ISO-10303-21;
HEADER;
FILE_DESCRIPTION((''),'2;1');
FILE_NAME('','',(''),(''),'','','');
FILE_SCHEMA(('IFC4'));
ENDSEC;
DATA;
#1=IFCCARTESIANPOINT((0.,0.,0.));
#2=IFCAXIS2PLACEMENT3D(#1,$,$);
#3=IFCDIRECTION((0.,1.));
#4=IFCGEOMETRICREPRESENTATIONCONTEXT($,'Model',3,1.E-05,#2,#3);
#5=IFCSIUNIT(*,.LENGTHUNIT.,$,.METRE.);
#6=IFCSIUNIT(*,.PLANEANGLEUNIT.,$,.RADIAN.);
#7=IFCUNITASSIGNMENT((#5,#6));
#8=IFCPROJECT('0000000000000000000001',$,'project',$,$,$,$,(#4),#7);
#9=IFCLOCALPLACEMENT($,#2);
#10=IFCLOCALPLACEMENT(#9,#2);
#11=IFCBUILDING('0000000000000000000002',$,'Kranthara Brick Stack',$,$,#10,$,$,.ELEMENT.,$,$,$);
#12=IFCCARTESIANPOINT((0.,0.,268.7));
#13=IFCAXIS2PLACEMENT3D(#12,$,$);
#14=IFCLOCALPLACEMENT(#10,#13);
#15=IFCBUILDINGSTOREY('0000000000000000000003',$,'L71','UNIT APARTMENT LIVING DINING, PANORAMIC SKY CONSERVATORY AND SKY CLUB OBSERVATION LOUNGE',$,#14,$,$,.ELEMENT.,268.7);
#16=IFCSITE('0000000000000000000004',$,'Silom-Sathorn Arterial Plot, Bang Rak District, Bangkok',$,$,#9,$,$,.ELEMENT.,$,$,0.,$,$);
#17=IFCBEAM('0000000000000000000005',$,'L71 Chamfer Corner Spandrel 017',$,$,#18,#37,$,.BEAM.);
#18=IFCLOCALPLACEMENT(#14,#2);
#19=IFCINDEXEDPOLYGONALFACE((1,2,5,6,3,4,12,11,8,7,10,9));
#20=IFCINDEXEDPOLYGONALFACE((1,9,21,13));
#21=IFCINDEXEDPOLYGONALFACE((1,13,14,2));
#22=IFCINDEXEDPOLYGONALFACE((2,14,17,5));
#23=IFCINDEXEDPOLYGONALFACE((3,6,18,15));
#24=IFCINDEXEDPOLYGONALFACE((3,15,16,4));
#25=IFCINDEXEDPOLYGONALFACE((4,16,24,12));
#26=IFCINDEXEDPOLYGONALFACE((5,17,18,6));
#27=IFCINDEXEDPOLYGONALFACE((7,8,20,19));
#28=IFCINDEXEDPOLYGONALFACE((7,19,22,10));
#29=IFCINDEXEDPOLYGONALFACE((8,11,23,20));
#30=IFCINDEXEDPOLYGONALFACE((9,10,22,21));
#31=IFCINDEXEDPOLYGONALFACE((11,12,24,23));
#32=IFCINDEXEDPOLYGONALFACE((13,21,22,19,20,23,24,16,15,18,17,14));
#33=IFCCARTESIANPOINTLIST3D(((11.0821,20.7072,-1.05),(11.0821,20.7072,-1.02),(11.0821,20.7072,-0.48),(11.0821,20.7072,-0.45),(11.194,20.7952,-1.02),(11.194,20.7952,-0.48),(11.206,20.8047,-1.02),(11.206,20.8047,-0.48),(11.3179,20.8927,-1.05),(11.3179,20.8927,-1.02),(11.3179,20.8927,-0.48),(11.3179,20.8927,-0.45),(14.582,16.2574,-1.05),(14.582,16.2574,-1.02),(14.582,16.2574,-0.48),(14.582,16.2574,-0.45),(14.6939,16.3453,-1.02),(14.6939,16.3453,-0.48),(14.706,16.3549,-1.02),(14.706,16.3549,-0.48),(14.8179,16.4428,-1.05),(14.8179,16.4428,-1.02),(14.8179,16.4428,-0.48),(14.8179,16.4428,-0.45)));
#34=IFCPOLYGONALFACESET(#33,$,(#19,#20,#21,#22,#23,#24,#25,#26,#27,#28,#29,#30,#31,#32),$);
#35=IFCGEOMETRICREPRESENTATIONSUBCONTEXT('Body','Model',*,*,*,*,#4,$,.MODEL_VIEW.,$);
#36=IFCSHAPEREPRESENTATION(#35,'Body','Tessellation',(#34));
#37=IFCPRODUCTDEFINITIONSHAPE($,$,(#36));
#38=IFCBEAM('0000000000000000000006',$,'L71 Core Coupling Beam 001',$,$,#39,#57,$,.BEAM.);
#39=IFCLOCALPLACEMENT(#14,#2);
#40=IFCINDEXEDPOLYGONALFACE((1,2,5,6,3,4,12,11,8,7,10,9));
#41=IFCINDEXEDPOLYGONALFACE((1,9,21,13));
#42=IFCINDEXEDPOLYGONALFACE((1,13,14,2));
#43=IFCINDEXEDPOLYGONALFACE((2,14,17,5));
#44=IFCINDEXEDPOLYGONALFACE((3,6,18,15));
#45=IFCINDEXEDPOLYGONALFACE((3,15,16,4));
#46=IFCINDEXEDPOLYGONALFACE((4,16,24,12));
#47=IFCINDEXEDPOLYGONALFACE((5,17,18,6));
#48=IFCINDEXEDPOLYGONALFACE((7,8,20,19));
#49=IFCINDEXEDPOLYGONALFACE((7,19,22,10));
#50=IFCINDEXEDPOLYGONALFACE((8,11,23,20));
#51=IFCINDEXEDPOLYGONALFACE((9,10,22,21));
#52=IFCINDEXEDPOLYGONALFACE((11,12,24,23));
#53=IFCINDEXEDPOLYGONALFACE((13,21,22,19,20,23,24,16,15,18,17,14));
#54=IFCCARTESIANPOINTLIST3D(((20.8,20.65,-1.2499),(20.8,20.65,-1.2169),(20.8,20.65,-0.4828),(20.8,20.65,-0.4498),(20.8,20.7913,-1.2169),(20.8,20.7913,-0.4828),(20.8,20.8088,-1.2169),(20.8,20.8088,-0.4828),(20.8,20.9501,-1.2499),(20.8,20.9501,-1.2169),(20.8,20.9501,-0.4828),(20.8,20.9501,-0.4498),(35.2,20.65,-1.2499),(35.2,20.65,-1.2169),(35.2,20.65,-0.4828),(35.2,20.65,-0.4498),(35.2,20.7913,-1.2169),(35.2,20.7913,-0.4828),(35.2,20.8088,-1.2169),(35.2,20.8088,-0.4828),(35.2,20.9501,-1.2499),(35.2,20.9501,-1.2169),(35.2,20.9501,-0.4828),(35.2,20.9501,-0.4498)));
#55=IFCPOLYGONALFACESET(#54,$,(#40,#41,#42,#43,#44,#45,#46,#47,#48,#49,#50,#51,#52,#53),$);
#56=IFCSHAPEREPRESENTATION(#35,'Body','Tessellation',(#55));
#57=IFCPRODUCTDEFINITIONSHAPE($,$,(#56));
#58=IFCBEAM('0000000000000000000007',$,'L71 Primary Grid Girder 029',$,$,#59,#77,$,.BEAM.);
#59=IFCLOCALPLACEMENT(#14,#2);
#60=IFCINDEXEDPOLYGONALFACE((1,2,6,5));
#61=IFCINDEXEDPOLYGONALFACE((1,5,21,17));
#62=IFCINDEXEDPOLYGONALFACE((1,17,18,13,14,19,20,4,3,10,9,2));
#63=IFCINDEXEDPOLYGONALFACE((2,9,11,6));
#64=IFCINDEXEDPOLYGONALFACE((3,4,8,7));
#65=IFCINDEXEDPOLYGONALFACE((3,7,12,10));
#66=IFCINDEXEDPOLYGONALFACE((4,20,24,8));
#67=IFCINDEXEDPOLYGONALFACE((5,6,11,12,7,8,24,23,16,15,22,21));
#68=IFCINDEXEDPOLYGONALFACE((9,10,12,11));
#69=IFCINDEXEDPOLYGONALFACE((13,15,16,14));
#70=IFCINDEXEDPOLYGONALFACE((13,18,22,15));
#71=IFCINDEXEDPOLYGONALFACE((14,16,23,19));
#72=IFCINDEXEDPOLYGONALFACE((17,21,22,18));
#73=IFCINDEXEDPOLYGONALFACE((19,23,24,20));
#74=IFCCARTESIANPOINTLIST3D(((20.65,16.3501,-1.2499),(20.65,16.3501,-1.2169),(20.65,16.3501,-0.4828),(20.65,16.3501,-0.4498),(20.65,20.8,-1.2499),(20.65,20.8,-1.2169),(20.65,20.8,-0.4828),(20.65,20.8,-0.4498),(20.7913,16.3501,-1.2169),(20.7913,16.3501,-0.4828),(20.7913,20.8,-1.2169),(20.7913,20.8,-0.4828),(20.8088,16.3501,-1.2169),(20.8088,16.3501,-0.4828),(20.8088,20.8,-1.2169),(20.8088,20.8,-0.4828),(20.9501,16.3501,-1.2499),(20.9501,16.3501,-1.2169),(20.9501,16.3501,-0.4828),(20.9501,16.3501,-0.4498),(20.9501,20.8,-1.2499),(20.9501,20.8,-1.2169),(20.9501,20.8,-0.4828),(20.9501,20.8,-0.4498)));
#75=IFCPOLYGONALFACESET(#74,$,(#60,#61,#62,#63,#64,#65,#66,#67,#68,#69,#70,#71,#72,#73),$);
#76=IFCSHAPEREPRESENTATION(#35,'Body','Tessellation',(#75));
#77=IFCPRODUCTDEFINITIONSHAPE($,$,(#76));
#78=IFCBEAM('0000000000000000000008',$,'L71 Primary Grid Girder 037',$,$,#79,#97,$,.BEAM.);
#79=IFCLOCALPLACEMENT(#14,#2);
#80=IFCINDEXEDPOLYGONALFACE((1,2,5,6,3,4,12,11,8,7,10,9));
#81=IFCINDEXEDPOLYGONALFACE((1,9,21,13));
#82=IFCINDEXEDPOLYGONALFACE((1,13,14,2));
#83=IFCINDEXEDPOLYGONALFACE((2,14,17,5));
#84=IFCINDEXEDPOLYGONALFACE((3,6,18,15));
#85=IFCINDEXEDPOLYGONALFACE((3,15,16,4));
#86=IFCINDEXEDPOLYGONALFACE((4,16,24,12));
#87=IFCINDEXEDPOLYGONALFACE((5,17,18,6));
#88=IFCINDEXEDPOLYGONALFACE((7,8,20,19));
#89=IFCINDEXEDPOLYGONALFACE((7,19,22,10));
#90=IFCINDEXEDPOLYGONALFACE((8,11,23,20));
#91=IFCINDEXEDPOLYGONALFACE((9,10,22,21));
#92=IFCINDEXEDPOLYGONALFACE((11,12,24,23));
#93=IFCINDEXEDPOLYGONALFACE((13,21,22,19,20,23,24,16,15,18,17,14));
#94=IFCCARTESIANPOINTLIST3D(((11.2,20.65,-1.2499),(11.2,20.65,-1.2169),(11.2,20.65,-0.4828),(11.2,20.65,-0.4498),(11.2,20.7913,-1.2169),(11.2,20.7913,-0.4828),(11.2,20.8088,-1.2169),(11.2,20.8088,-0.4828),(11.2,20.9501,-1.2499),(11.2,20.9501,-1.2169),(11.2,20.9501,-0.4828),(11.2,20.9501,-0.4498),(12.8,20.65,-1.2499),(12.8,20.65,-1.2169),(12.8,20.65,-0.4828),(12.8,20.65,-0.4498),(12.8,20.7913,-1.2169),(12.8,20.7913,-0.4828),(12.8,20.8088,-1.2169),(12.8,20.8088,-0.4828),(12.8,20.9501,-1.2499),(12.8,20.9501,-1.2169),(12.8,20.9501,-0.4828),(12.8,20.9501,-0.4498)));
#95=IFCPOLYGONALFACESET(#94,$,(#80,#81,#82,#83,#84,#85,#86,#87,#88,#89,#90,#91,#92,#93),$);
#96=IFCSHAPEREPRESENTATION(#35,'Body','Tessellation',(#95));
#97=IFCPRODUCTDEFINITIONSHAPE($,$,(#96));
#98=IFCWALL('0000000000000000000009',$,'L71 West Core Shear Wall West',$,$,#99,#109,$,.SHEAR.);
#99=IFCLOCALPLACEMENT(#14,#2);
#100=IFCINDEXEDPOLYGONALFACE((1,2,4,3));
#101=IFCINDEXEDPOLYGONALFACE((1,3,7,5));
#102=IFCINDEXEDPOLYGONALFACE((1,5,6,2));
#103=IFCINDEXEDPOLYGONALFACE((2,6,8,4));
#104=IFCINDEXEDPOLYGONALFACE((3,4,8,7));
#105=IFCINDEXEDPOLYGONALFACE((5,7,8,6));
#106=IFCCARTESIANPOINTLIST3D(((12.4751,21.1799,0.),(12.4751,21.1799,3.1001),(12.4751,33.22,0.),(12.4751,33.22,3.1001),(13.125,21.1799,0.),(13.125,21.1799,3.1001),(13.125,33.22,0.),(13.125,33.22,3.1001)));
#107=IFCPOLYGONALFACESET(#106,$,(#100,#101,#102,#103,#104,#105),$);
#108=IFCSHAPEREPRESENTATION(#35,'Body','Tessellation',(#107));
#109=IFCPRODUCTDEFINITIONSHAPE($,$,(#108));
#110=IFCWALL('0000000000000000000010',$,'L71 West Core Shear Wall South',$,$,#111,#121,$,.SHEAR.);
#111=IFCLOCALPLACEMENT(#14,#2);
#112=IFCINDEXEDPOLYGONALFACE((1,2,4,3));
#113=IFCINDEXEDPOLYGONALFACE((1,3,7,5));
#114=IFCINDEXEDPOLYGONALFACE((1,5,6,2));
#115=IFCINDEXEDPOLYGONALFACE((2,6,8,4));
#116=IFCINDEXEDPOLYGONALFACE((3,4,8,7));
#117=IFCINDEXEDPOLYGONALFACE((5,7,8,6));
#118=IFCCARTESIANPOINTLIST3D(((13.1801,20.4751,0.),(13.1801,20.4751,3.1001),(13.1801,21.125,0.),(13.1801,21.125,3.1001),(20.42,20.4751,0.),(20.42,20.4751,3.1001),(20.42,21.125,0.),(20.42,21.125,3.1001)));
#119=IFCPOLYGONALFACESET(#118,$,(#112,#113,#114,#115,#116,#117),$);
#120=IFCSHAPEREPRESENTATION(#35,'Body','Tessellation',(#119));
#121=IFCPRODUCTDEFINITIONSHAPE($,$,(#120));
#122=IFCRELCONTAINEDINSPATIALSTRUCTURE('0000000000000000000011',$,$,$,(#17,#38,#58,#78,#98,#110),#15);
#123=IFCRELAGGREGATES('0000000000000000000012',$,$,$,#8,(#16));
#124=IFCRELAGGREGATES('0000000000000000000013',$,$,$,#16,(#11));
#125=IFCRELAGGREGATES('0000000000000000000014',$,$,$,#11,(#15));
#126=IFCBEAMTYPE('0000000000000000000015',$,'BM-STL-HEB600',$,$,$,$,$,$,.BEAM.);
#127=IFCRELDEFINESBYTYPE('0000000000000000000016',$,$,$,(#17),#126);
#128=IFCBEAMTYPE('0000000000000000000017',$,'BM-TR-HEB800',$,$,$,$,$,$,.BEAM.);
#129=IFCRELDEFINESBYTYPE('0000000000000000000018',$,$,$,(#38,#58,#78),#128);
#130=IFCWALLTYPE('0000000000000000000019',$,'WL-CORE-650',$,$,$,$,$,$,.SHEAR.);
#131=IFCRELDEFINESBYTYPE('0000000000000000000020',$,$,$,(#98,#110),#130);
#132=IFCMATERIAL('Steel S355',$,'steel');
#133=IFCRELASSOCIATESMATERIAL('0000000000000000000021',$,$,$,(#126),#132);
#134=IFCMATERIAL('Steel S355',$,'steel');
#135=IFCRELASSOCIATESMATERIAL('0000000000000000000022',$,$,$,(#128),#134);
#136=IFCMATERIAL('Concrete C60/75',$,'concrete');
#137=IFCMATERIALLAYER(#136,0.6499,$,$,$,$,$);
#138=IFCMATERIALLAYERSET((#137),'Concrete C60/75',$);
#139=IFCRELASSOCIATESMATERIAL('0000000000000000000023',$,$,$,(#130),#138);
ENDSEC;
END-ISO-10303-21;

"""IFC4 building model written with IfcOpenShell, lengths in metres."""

from ifc_helpers import new_model, si_unit, direction, frame, frame_2d, origin, origin_2d, place, context, subcontext, project, spatial, rectangle, i_section, extrude, material, layer, layer_set, material_profile, profile_set, type_object, element, save


model = new_model("IFC4")

# Units and contexts
model_context = context("Model", 3, precision=1e-05, world=origin(), true_north=direction((0.0, 1.0)))
body_context = subcontext(model_context, "Body", "Model", "MODEL_VIEW")
ifc_project = project(units=[si_unit("LENGTHUNIT", "METRE"), si_unit("PLANEANGLEUNIT", "RADIAN")], contexts=[model_context])

# Site, building, storey
site_placement = place(None, origin())
site = spatial("IfcSite", under=ifc_project, at=site_placement, Name="Silom-Sathorn Arterial Plot, Bang Rak District, Bangkok", CompositionType="ELEMENT", RefElevation=0.0)
building_placement = place(site_placement, origin())
building = spatial("IfcBuilding", under=site, at=building_placement, Name="Kranthara Brick Stack", CompositionType="ELEMENT")
storey_placement = place(building_placement, frame((0.0, 0.0, 268.7)))
storey = spatial("IfcBuildingStorey", under=building, at=storey_placement, Name="L71", Description="UNIT APARTMENT LIVING DINING, PANORAMIC SKY CONSERVATORY AND SKY CLUB OBSERVATION LOUNGE", CompositionType="ELEMENT", Elevation=268.7)

# Beams
ifc_material_1 = material(Name="Steel S355", Category="steel")
ifc_material_profile_1 = material_profile(ifc_material_1, i_section(OverallWidth=0.3, OverallDepth=0.6001, WebThickness=0.0154, FlangeThickness=0.03, at=origin_2d()), Name="HEB 600")
ifc_profile_set_1 = profile_set([ifc_material_profile_1], Name="Steel S355")
beam_type_1 = type_object("IfcBeamType", Name="BM-STL-HEB600", PredefinedType="BEAM", material=ifc_profile_set_1)
beam_1_placement = place(storey_placement, frame((14.7, 16.3501, -0.75), z_axis=(-0.618216, 0.786008, 0.0), x_axis=(-0.786008, -0.618216, 0.0)))
element("IfcBeam", 1, at=beam_1_placement, inside=storey, type_object=beam_type_1, Name="L71 Chamfer Corner Spandrel 017", PredefinedType="BEAM", context=body_context, shape_type="SweptSolid", body=[
    extrude(i_section(OverallWidth=0.3, OverallDepth=0.6001, WebThickness=0.0154, FlangeThickness=0.03, at=origin_2d()), origin(), (0.0, 0.0, 1.0), 5.6614),
])
ifc_material_2 = material(Name="Steel S355", Category="steel")
ifc_material_profile_2 = material_profile(ifc_material_2, i_section(OverallWidth=0.3, OverallDepth=0.8, WebThickness=0.0176, FlangeThickness=0.033, at=origin_2d()), Name="HEB 800")
ifc_profile_set_2 = profile_set([ifc_material_profile_2], Name="Steel S355")
beam_type_2 = type_object("IfcBeamType", Name="BM-TR-HEB800", PredefinedType="BEAM", material=ifc_profile_set_2)
beam_2_placement = place(storey_placement, frame((20.8, 20.8, -0.8499), z_axis=(1.0, 0.0, 0.0), x_axis=(0.0, 1.0, 0.0)))
element("IfcBeam", 2, at=beam_2_placement, inside=storey, type_object=beam_type_2, Name="L71 Core Coupling Beam 001", PredefinedType="BEAM", context=body_context, shape_type="SweptSolid", body=[
    extrude(i_section(OverallWidth=0.3, OverallDepth=0.8, WebThickness=0.0176, FlangeThickness=0.033, at=origin_2d()), origin(), (0.0, 0.0, 1.0), 14.3999),
])
beam_3_placement = place(storey_placement, frame((20.8, 16.3501, -0.8499), z_axis=(0.0, 1.0, 0.0), x_axis=(-1.0, 0.0, 0.0)))
element("IfcBeam", 3, at=beam_3_placement, inside=storey, type_object=beam_type_2, Name="L71 Primary Grid Girder 029", PredefinedType="BEAM", context=body_context, shape_type="SweptSolid", body=[
    extrude(i_section(OverallWidth=0.3, OverallDepth=0.8, WebThickness=0.0176, FlangeThickness=0.033, at=origin_2d()), origin(), (0.0, 0.0, 1.0), 4.45),
])
beam_4_placement = place(storey_placement, frame((11.2, 20.8, -0.8499), z_axis=(1.0, 0.0, 0.0), x_axis=(0.0, 1.0, 0.0)))
element("IfcBeam", 4, at=beam_4_placement, inside=storey, type_object=beam_type_2, Name="L71 Primary Grid Girder 037", PredefinedType="BEAM", context=body_context, shape_type="SweptSolid", body=[
    extrude(i_section(OverallWidth=0.3, OverallDepth=0.8, WebThickness=0.0176, FlangeThickness=0.033, at=origin_2d()), origin(), (0.0, 0.0, 1.0), 1.6001),
])

# Walls
ifc_material_3 = material(Name="Concrete C60/75", Category="concrete")
ifc_layer_1 = layer(ifc_material_3, 0.6499)
ifc_layer_set_1 = layer_set([ifc_layer_1], Name="Concrete C60/75")
wall_type_1 = type_object("IfcWallType", Name="WL-CORE-650", PredefinedType="SHEAR", material=ifc_layer_set_1)
wall_1_placement = place(storey_placement, frame((12.8, 21.1799, 0.0), z_axis=(0.0, 0.0, 1.0), x_axis=(0.0, 1.0, 0.0)))
element("IfcWall", 5, at=wall_1_placement, inside=storey, type_object=wall_type_1, Name="L71 West Core Shear Wall West", PredefinedType="SHEAR", context=body_context, shape_type="SweptSolid", body=[
    extrude(rectangle(XDim=12.04, YDim=0.6499, at=frame_2d((6.02, 0.0))), origin(), (0.0, 0.0, 1.0), 3.1001),
])
wall_2_placement = place(storey_placement, frame((13.1799, 20.8, 0.0), z_axis=(0.0, 0.0, 1.0), x_axis=(1.0, 0.0, 0.0)))
element("IfcWall", 6, at=wall_2_placement, inside=storey, type_object=wall_type_1, Name="L71 West Core Shear Wall South", PredefinedType="SHEAR", context=body_context, shape_type="SweptSolid", body=[
    extrude(rectangle(XDim=7.24, YDim=0.6499, at=frame_2d((3.6201, 0.0))), origin(), (0.0, 0.0, 1.0), 3.1001),
])

save(model, "model.ifc")
